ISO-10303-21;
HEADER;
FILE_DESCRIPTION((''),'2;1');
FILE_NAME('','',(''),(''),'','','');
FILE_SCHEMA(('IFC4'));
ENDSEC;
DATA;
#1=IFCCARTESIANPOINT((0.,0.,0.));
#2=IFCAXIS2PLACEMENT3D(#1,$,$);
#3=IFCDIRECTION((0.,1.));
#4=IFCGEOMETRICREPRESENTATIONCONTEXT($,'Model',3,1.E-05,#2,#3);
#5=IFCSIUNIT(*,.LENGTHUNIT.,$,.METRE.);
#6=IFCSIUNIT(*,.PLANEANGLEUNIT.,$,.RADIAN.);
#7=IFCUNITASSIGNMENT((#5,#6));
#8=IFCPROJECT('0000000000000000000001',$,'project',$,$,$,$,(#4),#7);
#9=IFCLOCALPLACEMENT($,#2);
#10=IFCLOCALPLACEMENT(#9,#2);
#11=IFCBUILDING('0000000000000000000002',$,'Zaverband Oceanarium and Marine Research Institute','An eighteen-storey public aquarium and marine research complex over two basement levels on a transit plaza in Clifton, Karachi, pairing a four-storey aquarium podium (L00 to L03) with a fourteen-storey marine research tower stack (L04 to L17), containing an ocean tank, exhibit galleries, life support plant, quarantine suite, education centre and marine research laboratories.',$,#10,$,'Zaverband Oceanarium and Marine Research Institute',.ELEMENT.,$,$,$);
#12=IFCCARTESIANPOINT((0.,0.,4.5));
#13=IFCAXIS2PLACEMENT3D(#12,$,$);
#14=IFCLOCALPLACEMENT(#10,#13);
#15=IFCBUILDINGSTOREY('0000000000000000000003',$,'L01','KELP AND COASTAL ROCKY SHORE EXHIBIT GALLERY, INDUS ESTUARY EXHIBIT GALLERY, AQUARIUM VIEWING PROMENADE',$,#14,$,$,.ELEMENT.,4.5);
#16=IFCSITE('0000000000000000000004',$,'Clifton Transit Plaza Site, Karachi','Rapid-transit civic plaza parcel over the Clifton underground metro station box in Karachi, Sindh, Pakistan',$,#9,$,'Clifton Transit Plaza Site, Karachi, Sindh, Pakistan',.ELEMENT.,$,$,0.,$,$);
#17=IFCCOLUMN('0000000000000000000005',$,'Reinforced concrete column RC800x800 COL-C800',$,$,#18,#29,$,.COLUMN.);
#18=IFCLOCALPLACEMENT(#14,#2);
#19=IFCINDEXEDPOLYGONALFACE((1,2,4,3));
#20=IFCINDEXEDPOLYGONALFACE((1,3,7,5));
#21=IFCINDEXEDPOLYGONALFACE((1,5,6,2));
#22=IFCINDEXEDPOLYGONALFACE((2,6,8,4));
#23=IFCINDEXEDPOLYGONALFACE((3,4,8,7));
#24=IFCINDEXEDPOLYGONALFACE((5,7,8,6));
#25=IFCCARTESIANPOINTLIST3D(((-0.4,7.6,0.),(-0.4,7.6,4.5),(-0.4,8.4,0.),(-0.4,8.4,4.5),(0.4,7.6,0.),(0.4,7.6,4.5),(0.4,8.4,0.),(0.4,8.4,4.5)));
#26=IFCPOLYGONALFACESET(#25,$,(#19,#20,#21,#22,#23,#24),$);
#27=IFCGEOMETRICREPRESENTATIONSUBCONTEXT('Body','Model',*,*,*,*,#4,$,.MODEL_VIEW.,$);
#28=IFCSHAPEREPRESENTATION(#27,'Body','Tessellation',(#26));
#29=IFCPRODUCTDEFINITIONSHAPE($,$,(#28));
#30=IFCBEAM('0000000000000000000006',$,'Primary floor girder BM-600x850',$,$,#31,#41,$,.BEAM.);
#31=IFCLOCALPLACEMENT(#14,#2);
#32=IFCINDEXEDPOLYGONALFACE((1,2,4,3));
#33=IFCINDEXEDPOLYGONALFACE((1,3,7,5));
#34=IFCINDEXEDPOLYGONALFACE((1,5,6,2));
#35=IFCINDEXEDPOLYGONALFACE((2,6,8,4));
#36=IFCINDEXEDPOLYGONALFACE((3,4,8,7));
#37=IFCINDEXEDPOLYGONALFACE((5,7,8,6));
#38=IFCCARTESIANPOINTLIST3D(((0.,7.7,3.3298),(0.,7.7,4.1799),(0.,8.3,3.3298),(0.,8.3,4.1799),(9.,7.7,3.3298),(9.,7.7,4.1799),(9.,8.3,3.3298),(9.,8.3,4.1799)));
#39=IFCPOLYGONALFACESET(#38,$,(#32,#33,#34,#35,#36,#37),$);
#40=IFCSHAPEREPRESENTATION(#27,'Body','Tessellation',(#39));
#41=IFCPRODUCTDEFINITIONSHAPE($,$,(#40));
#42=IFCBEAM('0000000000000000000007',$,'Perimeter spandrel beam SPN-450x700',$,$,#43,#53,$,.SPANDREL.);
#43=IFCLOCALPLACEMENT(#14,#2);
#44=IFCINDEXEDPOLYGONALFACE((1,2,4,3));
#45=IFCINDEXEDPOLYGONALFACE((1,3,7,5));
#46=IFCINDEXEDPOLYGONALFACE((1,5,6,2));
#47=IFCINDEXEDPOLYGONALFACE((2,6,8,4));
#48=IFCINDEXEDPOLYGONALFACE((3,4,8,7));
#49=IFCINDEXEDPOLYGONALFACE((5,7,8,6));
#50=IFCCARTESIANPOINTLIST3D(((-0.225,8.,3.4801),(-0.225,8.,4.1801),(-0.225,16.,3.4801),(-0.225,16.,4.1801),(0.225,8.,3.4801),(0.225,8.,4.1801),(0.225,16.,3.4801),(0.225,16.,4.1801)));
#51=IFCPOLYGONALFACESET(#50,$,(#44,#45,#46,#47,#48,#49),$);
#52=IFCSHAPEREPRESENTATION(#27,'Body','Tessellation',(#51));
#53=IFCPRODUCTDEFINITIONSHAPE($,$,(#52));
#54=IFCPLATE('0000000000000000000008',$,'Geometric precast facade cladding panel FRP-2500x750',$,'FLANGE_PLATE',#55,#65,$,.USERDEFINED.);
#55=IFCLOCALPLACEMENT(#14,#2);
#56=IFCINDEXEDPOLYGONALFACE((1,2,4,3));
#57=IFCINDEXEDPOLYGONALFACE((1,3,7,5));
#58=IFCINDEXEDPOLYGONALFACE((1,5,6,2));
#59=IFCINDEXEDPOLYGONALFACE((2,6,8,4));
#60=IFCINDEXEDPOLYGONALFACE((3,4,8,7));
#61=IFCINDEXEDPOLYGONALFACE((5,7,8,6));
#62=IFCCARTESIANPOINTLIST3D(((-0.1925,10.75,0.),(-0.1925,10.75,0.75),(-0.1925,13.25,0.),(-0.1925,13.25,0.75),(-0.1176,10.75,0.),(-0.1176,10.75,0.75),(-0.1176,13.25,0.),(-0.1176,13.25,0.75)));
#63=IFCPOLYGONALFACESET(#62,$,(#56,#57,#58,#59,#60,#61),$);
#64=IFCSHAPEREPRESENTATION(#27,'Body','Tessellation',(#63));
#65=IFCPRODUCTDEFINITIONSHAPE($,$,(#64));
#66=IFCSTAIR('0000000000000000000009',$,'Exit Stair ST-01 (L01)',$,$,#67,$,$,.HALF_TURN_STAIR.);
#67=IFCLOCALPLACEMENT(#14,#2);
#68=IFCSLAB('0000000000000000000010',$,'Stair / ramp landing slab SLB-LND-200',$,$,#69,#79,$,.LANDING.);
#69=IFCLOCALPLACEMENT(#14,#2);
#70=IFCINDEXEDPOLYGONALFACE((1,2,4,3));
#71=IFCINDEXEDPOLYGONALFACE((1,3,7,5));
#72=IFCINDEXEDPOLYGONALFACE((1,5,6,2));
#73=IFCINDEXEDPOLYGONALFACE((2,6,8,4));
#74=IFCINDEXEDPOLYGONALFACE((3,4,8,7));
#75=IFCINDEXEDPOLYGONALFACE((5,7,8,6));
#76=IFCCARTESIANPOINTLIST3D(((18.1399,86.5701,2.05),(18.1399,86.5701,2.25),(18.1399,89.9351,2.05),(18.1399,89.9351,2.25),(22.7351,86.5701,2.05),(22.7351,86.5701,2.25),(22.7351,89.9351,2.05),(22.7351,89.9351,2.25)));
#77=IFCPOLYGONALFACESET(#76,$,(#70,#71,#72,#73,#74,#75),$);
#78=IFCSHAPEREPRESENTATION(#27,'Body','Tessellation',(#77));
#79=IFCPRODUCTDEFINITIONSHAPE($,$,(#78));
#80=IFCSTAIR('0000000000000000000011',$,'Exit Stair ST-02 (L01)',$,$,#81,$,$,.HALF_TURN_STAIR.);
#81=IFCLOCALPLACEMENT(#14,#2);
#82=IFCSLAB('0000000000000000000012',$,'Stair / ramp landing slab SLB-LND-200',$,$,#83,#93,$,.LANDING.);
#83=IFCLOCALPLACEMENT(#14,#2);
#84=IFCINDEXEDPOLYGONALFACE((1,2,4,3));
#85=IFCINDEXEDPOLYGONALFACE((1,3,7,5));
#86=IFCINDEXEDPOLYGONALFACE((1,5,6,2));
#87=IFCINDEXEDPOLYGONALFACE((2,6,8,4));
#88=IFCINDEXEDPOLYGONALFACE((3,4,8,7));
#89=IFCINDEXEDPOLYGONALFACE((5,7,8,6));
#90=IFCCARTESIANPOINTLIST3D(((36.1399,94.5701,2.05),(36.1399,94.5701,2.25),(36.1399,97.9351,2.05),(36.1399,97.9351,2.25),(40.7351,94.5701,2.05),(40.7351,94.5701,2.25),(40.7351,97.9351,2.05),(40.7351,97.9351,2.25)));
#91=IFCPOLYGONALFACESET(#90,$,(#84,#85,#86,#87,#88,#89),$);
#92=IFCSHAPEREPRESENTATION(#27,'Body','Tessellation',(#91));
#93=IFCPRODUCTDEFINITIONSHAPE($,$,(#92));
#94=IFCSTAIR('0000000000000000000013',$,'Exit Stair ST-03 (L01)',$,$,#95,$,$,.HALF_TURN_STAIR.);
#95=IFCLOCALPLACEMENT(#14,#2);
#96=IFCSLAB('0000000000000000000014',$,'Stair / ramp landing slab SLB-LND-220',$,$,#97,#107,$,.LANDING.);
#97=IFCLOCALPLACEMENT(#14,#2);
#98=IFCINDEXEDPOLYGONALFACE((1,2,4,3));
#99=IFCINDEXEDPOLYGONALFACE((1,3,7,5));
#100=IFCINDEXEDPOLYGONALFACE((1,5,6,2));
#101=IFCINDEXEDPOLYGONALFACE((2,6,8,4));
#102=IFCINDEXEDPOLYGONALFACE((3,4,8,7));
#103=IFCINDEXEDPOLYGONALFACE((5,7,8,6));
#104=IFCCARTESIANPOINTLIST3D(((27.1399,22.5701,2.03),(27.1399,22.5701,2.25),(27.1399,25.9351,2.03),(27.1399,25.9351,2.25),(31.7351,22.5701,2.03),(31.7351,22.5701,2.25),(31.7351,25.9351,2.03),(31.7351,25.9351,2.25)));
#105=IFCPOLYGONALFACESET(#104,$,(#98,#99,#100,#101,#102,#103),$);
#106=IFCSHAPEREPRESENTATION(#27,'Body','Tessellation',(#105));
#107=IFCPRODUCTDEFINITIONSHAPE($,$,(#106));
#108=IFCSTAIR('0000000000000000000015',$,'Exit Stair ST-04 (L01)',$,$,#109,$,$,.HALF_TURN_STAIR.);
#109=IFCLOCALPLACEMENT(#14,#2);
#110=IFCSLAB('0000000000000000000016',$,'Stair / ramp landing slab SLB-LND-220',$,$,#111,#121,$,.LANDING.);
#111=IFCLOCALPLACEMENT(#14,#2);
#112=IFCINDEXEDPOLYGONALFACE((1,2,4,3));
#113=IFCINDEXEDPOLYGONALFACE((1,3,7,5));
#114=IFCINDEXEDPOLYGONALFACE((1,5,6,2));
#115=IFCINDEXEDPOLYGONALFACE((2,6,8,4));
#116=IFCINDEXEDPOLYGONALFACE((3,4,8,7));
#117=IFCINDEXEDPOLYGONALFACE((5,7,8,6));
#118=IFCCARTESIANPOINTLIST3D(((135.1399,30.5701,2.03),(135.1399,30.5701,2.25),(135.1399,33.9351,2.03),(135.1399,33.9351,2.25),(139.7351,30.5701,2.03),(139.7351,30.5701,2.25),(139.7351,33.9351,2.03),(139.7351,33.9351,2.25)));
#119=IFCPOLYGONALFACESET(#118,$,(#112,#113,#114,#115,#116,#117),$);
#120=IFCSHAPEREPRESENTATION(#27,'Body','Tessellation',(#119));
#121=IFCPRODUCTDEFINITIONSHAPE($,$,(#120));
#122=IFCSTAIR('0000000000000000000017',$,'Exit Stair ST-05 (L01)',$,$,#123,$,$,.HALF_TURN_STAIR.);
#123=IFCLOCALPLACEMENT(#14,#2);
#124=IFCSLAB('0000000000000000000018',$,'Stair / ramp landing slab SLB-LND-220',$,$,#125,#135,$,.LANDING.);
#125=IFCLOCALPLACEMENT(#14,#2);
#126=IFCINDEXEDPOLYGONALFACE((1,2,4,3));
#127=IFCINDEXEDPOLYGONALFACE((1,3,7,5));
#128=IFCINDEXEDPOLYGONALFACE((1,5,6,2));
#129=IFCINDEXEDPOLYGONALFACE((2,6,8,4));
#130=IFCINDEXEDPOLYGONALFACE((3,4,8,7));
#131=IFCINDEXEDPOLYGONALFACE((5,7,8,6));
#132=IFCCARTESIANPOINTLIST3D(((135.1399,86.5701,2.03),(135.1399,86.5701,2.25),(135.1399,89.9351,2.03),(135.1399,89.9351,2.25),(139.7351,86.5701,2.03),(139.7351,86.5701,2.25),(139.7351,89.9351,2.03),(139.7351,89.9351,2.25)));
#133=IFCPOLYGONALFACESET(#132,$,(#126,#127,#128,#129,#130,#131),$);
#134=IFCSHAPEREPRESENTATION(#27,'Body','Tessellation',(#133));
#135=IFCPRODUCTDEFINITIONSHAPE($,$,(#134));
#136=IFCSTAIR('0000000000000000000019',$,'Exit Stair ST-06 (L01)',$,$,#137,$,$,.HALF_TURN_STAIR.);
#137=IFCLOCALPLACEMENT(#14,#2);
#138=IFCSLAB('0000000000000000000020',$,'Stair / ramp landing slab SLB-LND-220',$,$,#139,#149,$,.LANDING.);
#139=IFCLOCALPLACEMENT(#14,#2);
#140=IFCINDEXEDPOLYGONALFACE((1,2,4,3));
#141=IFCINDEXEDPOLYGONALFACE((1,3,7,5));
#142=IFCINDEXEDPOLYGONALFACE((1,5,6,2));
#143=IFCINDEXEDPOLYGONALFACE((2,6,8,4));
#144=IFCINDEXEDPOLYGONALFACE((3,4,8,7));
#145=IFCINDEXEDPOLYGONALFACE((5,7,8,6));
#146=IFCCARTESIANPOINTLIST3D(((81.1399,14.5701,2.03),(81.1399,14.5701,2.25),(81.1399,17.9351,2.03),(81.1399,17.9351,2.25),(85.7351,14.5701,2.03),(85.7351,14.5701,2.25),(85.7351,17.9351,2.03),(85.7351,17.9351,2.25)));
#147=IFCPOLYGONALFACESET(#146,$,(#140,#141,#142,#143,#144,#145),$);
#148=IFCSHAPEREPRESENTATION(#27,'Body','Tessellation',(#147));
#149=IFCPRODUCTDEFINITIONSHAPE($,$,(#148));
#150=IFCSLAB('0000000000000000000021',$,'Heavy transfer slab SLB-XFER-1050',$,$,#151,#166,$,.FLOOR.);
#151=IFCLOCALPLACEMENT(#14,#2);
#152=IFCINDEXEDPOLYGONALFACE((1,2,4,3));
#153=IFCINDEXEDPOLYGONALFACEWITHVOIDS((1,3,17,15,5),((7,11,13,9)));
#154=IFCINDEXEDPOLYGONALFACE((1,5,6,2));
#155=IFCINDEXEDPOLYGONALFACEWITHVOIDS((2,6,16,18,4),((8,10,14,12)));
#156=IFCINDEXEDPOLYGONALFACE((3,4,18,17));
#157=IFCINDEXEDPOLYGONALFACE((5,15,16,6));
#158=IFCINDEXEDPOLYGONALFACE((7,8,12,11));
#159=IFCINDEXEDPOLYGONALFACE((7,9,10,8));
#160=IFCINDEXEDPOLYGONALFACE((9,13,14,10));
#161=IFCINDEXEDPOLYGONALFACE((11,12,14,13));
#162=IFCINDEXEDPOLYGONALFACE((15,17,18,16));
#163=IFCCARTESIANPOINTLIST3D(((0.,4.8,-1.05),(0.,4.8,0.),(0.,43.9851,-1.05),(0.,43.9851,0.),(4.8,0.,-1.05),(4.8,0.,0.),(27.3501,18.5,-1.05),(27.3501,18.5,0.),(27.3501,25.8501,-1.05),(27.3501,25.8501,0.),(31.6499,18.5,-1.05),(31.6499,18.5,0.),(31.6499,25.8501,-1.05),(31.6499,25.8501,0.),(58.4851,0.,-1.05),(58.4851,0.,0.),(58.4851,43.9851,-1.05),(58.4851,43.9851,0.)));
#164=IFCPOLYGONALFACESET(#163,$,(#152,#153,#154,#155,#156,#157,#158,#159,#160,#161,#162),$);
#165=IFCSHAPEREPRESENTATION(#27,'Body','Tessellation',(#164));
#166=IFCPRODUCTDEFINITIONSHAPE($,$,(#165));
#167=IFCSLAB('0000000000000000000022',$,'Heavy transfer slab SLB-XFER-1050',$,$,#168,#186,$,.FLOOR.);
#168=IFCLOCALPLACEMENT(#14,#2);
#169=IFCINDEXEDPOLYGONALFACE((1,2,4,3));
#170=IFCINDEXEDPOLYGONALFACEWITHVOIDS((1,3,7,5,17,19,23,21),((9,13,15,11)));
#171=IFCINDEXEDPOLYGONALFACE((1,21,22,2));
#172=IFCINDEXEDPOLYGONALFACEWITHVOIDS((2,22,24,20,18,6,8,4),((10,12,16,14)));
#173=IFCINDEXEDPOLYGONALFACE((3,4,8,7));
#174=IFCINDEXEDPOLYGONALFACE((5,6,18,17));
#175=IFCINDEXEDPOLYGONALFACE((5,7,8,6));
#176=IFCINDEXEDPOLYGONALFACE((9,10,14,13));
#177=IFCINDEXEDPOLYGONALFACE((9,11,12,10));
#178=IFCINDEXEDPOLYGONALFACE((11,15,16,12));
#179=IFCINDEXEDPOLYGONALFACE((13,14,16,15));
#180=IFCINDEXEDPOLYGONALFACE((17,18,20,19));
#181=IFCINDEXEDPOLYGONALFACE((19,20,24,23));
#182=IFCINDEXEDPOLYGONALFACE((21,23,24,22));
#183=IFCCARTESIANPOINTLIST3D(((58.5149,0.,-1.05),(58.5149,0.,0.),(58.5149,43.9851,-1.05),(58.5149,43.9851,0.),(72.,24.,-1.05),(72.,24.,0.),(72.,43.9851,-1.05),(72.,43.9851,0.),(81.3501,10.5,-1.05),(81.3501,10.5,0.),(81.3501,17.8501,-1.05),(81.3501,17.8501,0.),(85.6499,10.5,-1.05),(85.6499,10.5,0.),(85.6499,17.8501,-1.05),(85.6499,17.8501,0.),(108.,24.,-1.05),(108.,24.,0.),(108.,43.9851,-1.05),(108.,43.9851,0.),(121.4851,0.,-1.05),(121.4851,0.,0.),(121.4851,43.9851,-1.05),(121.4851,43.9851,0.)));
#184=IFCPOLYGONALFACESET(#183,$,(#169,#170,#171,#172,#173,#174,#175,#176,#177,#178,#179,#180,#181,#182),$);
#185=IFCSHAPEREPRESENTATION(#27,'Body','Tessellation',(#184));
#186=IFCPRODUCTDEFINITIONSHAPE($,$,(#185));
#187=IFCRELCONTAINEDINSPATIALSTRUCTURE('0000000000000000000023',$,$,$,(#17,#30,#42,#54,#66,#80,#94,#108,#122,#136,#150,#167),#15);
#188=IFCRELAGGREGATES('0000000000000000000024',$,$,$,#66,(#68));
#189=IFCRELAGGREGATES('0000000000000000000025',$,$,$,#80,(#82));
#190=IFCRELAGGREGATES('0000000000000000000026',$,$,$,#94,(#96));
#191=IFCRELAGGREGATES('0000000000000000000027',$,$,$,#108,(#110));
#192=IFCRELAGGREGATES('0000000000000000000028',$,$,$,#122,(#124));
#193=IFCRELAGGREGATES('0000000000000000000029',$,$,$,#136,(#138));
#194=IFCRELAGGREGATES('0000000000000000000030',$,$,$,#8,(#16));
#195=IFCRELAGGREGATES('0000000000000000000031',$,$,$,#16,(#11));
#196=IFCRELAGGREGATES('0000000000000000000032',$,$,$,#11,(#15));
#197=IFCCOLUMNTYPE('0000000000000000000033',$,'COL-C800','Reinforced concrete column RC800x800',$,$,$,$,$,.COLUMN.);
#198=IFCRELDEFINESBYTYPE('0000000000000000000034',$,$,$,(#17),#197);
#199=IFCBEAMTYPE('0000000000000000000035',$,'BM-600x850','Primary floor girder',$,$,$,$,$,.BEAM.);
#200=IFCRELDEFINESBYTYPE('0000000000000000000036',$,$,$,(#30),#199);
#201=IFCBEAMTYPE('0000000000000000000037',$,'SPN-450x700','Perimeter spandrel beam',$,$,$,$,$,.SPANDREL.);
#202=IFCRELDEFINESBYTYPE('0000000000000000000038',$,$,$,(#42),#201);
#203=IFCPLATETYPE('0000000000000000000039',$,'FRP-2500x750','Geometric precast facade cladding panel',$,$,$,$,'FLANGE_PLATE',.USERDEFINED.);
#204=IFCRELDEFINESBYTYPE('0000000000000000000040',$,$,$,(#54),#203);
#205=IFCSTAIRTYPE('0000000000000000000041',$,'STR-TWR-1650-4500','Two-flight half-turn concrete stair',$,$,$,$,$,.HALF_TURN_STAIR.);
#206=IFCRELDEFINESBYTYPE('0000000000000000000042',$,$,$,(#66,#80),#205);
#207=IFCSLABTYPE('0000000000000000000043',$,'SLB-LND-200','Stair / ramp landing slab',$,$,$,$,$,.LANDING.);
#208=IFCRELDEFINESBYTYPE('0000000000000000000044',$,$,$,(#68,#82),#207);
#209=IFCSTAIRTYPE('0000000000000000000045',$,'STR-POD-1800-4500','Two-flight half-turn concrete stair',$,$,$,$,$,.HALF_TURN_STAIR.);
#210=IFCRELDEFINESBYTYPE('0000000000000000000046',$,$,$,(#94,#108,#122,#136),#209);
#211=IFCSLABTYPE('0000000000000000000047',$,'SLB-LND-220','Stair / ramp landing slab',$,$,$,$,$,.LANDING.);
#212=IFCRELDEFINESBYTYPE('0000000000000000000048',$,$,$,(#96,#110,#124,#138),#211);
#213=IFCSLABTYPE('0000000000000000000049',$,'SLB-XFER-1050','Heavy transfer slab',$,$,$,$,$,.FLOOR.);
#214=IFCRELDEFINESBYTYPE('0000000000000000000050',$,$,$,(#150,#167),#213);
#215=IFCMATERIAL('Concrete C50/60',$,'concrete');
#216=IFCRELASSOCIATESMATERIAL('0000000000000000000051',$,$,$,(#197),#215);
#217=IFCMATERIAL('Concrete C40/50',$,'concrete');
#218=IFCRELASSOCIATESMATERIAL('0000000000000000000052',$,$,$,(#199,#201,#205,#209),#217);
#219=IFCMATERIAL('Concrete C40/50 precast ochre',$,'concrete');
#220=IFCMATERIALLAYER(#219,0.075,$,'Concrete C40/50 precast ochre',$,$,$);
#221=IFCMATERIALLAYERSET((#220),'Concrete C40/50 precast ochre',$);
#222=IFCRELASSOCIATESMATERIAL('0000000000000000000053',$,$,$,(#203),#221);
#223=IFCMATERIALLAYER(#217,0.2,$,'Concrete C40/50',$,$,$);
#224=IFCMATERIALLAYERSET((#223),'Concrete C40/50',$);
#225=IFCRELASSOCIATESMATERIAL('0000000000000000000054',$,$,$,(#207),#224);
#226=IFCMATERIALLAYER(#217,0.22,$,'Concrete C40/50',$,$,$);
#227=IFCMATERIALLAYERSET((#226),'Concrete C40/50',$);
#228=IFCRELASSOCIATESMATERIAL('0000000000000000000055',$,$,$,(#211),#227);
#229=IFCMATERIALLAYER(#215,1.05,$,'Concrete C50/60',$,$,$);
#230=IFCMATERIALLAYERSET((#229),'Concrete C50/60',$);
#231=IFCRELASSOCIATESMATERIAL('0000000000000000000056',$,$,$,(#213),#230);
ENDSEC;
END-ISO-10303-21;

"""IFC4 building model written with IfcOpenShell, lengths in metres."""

from ifc_helpers import new_model, si_unit, direction, frame, frame_2d, origin, origin_2d, place, context, subcontext, project, spatial, polyline, rectangle, outline, extrude, material, layer, layer_set, material_profile, profile_set, type_object, element, aggregate, save


model = new_model("IFC4")

# Units and contexts
model_context = context("Model", 3, precision=1e-05, world=origin(), true_north=direction((0.0, 1.0)))
body_context = subcontext(model_context, "Body", "Model", "MODEL_VIEW")
ifc_project = project(units=[si_unit("LENGTHUNIT", "METRE"), si_unit("PLANEANGLEUNIT", "RADIAN")], contexts=[model_context])

# Site, building, storey
site_placement = place(None, origin())
site = spatial("IfcSite", under=ifc_project, at=site_placement, Name="Clifton Transit Plaza Site, Karachi", Description="Rapid-transit civic plaza parcel over the Clifton underground metro station box in Karachi, Sindh, Pakistan", LongName="Clifton Transit Plaza Site, Karachi, Sindh, Pakistan", CompositionType="ELEMENT", RefElevation=0.0)
building_placement = place(site_placement, origin())
building = spatial("IfcBuilding", under=site, at=building_placement, Name="Zaverband Oceanarium and Marine Research Institute", Description="An eighteen-storey public aquarium and marine research complex over two basement levels on a transit plaza in Clifton, Karachi, pairing a four-storey aquarium podium (L00 to L03) with a fourteen-storey marine research tower stack (L04 to L17), containing an ocean tank, exhibit galleries, life support plant, quarantine suite, education centre and marine research laboratories.", LongName="Zaverband Oceanarium and Marine Research Institute", CompositionType="ELEMENT")
storey_placement = place(building_placement, frame((0.0, 0.0, 4.5)))
storey = spatial("IfcBuildingStorey", under=building, at=storey_placement, Name="L01", Description="KELP AND COASTAL ROCKY SHORE EXHIBIT GALLERY, INDUS ESTUARY EXHIBIT GALLERY, AQUARIUM VIEWING PROMENADE", CompositionType="ELEMENT", Elevation=4.5)

# Column
ifc_material_1 = material(Name="Concrete C50/60", Category="concrete")
ifc_material_profile_1 = material_profile(ifc_material_1, rectangle(XDim=0.8, YDim=0.8, at=origin_2d()), Name="RC800x800")
ifc_profile_set_1 = profile_set([ifc_material_profile_1], Name="Concrete C50/60")
column_type = type_object("IfcColumnType", Name="COL-C800", Description="Reinforced concrete column RC800x800", PredefinedType="COLUMN", material=ifc_profile_set_1)
column_placement = place(storey_placement, frame((0.0, 8.0, 0.0), z_axis=(0.0, 0.0, 1.0), x_axis=(1.0, 0.0, 0.0)))
element("IfcColumn", 1, at=column_placement, inside=storey, type_object=column_type, Name="Reinforced concrete column RC800x800 COL-C800", PredefinedType="COLUMN", context=body_context, shape_type="SweptSolid", body=[
    extrude(rectangle(XDim=0.8, YDim=0.8, at=origin_2d()), origin(), (0.0, 0.0, 1.0), 4.5),
])

# Beams
ifc_material_2 = material(Name="Concrete C40/50", Category="concrete")
ifc_material_profile_2 = material_profile(ifc_material_2, rectangle(XDim=0.6001, YDim=0.8501, at=origin_2d()), Name="RC600x850")
ifc_profile_set_2 = profile_set([ifc_material_profile_2], Name="Concrete C40/50")
beam_type_1 = type_object("IfcBeamType", Name="BM-600x850", Description="Primary floor girder", PredefinedType="BEAM", material=ifc_profile_set_2)
beam_1_placement = place(storey_placement, frame((0.0, 8.0, 3.7549), z_axis=(1.0, 0.0, 0.0), x_axis=(0.0, 1.0, 0.0)))
element("IfcBeam", 2, at=beam_1_placement, inside=storey, type_object=beam_type_1, Name="Primary floor girder BM-600x850", PredefinedType="BEAM", context=body_context, shape_type="SweptSolid", body=[
    extrude(rectangle(XDim=0.6001, YDim=0.8501, at=origin_2d()), origin(), (0.0, 0.0, 1.0), 9.0),
])
ifc_material_profile_3 = material_profile(ifc_material_2, rectangle(XDim=0.45, YDim=0.7, at=origin_2d()), Name="RC450x700")
ifc_profile_set_3 = profile_set([ifc_material_profile_3], Name="Concrete C40/50")
beam_type_2 = type_object("IfcBeamType", Name="SPN-450x700", Description="Perimeter spandrel beam", PredefinedType="SPANDREL", material=ifc_profile_set_3)
beam_2_placement = place(storey_placement, frame((0.0, 8.0, 3.8301), z_axis=(0.0, 1.0, 0.0), x_axis=(-1.0, 0.0, 0.0)))
element("IfcBeam", 3, at=beam_2_placement, inside=storey, type_object=beam_type_2, Name="Perimeter spandrel beam SPN-450x700", PredefinedType="SPANDREL", context=body_context, shape_type="SweptSolid", body=[
    extrude(rectangle(XDim=0.45, YDim=0.7, at=origin_2d()), origin(), (0.0, 0.0, 1.0), 8.0),
])

# Plate
ifc_material_3 = material(Name="Concrete C40/50 precast ochre", Category="concrete")
ifc_layer_1 = layer(ifc_material_3, 0.075, Name="Concrete C40/50 precast ochre")
ifc_layer_set_1 = layer_set([ifc_layer_1], Name="Concrete C40/50 precast ochre")
plate_type = type_object("IfcPlateType", Name="FRP-2500x750", Description="Geometric precast facade cladding panel", ElementType="FLANGE_PLATE", PredefinedType="USERDEFINED", material=ifc_layer_set_1)
plate_placement = place(storey_placement, frame((-0.155, 10.75, 0.0), z_axis=(0.0, 0.0, 1.0), x_axis=(0.0, 1.0, 0.0)))
element("IfcPlate", 4, at=plate_placement, inside=storey, type_object=plate_type, Name="Geometric precast facade cladding panel FRP-2500x750", ObjectType="FLANGE_PLATE", PredefinedType="USERDEFINED", context=body_context, shape_type="SweptSolid", body=[
    extrude(rectangle(XDim=2.5, YDim=0.075, at=frame_2d((1.25, 0.0))), origin(), (0.0, 0.0, 1.0), 0.75),
])

# Stairs, slabs
stair_type_1 = type_object("IfcStairType", Name="STR-TWR-1650-4500", Description="Two-flight half-turn concrete stair", PredefinedType="HALF_TURN_STAIR", material=ifc_material_2)
stair_1_placement = place(storey_placement, origin())
stair_1 = element("IfcStair", 5, at=stair_1_placement, inside=storey, type_object=stair_type_1, Name="Exit Stair ST-01 (L01)", PredefinedType="HALF_TURN_STAIR")
ifc_layer_2 = layer(ifc_material_2, 0.2, Name="Concrete C40/50")
ifc_layer_set_2 = layer_set([ifc_layer_2], Name="Concrete C40/50")
slab_type_1 = type_object("IfcSlabType", Name="SLB-LND-200", Description="Stair / ramp landing slab", PredefinedType="LANDING", material=ifc_layer_set_2)
slab_1_placement = place(storey_placement, frame((0.0, 0.0, 2.05)))
slab_1 = element("IfcSlab", 6, at=slab_1_placement, type_object=slab_type_1, Name="Stair / ramp landing slab SLB-LND-200", PredefinedType="LANDING", context=body_context, shape_type="SweptSolid", body=[
    extrude(outline(polyline([(18.1399, 86.5701), (22.7351, 86.5701), (22.7351, 89.9351), (18.1399, 89.9351), (18.1399, 86.5701)])), origin(), (0.0, 0.0, 1.0), 0.2),
])
aggregate(stair_1, [slab_1])
stair_2_placement = place(storey_placement, origin())
stair_2 = element("IfcStair", 7, at=stair_2_placement, inside=storey, type_object=stair_type_1, Name="Exit Stair ST-02 (L01)", PredefinedType="HALF_TURN_STAIR")
slab_2_placement = place(storey_placement, frame((0.0, 0.0, 2.05)))
slab_2 = element("IfcSlab", 8, at=slab_2_placement, type_object=slab_type_1, Name="Stair / ramp landing slab SLB-LND-200", PredefinedType="LANDING", context=body_context, shape_type="SweptSolid", body=[
    extrude(outline(polyline([(36.1399, 94.5701), (40.7351, 94.5701), (40.7351, 97.9351), (36.1399, 97.9351), (36.1399, 94.5701)])), origin(), (0.0, 0.0, 1.0), 0.2),
])
aggregate(stair_2, [slab_2])
stair_type_2 = type_object("IfcStairType", Name="STR-POD-1800-4500", Description="Two-flight half-turn concrete stair", PredefinedType="HALF_TURN_STAIR", material=ifc_material_2)
stair_3_placement = place(storey_placement, origin())
stair_3 = element("IfcStair", 9, at=stair_3_placement, inside=storey, type_object=stair_type_2, Name="Exit Stair ST-03 (L01)", PredefinedType="HALF_TURN_STAIR")
ifc_layer_3 = layer(ifc_material_2, 0.22, Name="Concrete C40/50")
ifc_layer_set_3 = layer_set([ifc_layer_3], Name="Concrete C40/50")
slab_type_2 = type_object("IfcSlabType", Name="SLB-LND-220", Description="Stair / ramp landing slab", PredefinedType="LANDING", material=ifc_layer_set_3)
slab_3_placement = place(storey_placement, frame((0.0, 0.0, 2.03)))
slab_3 = element("IfcSlab", 10, at=slab_3_placement, type_object=slab_type_2, Name="Stair / ramp landing slab SLB-LND-220", PredefinedType="LANDING", context=body_context, shape_type="SweptSolid", body=[
    extrude(outline(polyline([(27.1399, 22.5701), (31.7351, 22.5701), (31.7351, 25.9351), (27.1399, 25.9351), (27.1399, 22.5701)])), origin(), (0.0, 0.0, 1.0), 0.22),
])
aggregate(stair_3, [slab_3])
stair_4_placement = place(storey_placement, origin())
stair_4 = element("IfcStair", 11, at=stair_4_placement, inside=storey, type_object=stair_type_2, Name="Exit Stair ST-04 (L01)", PredefinedType="HALF_TURN_STAIR")
slab_4_placement = place(storey_placement, frame((0.0, 0.0, 2.03)))
slab_4 = element("IfcSlab", 12, at=slab_4_placement, type_object=slab_type_2, Name="Stair / ramp landing slab SLB-LND-220", PredefinedType="LANDING", context=body_context, shape_type="SweptSolid", body=[
    extrude(outline(polyline([(135.1399, 30.5701), (139.7351, 30.5701), (139.7351, 33.9351), (135.1399, 33.9351), (135.1399, 30.5701)])), origin(), (0.0, 0.0, 1.0), 0.22),
])
aggregate(stair_4, [slab_4])
stair_5_placement = place(storey_placement, origin())
stair_5 = element("IfcStair", 13, at=stair_5_placement, inside=storey, type_object=stair_type_2, Name="Exit Stair ST-05 (L01)", PredefinedType="HALF_TURN_STAIR")
slab_5_placement = place(storey_placement, frame((0.0, 0.0, 2.03)))
slab_5 = element("IfcSlab", 14, at=slab_5_placement, type_object=slab_type_2, Name="Stair / ramp landing slab SLB-LND-220", PredefinedType="LANDING", context=body_context, shape_type="SweptSolid", body=[
    extrude(outline(polyline([(135.1399, 86.5701), (139.7351, 86.5701), (139.7351, 89.9351), (135.1399, 89.9351), (135.1399, 86.5701)])), origin(), (0.0, 0.0, 1.0), 0.22),
])
aggregate(stair_5, [slab_5])
stair_6_placement = place(storey_placement, origin())
stair_6 = element("IfcStair", 15, at=stair_6_placement, inside=storey, type_object=stair_type_2, Name="Exit Stair ST-06 (L01)", PredefinedType="HALF_TURN_STAIR")
slab_6_placement = place(storey_placement, frame((0.0, 0.0, 2.03)))
slab_6 = element("IfcSlab", 16, at=slab_6_placement, type_object=slab_type_2, Name="Stair / ramp landing slab SLB-LND-220", PredefinedType="LANDING", context=body_context, shape_type="SweptSolid", body=[
    extrude(outline(polyline([(81.1399, 14.5701), (85.7351, 14.5701), (85.7351, 17.9351), (81.1399, 17.9351), (81.1399, 14.5701)])), origin(), (0.0, 0.0, 1.0), 0.22),
])
aggregate(stair_6, [slab_6])

# Slabs
ifc_layer_4 = layer(ifc_material_1, 1.05, Name="Concrete C50/60")
ifc_layer_set_4 = layer_set([ifc_layer_4], Name="Concrete C50/60")
slab_type_3 = type_object("IfcSlabType", Name="SLB-XFER-1050", Description="Heavy transfer slab", PredefinedType="FLOOR", material=ifc_layer_set_4)
slab_7_placement = place(storey_placement, frame((0.0, 0.0, -1.05)))
element("IfcSlab", 17, at=slab_7_placement, inside=storey, type_object=slab_type_3, Name="Heavy transfer slab SLB-XFER-1050", PredefinedType="FLOOR", context=body_context, shape_type="SweptSolid", body=[
    extrude(outline(polyline([(0.0, 4.8), (0.0, 43.9851), (58.4851, 43.9851), (58.4851, 0.0), (4.8, 0.0), (0.0, 4.8)]), holes=[polyline([(31.6499, 25.8501), (27.3501, 25.8501), (27.3501, 18.5), (31.6499, 18.5), (31.6499, 25.8501)])]), origin(), (0.0, 0.0, 1.0), 1.05),
])
slab_8_placement = place(storey_placement, frame((0.0, 0.0, -1.05)))
element("IfcSlab", 18, at=slab_8_placement, inside=storey, type_object=slab_type_3, Name="Heavy transfer slab SLB-XFER-1050", PredefinedType="FLOOR", context=body_context, shape_type="SweptSolid", body=[
    extrude(outline(polyline([(121.4851, 43.9851), (121.4851, 0.0), (58.5149, 0.0), (58.5149, 43.9851), (72.0, 43.9851), (72.0, 24.0), (108.0, 24.0), (108.0, 43.9851), (121.4851, 43.9851)]), holes=[polyline([(81.3501, 17.8501), (81.3501, 10.5), (85.6499, 10.5), (85.6499, 17.8501), (81.3501, 17.8501)])]), origin(), (0.0, 0.0, 1.0), 1.05),
])

save(model, "model.ifc")
